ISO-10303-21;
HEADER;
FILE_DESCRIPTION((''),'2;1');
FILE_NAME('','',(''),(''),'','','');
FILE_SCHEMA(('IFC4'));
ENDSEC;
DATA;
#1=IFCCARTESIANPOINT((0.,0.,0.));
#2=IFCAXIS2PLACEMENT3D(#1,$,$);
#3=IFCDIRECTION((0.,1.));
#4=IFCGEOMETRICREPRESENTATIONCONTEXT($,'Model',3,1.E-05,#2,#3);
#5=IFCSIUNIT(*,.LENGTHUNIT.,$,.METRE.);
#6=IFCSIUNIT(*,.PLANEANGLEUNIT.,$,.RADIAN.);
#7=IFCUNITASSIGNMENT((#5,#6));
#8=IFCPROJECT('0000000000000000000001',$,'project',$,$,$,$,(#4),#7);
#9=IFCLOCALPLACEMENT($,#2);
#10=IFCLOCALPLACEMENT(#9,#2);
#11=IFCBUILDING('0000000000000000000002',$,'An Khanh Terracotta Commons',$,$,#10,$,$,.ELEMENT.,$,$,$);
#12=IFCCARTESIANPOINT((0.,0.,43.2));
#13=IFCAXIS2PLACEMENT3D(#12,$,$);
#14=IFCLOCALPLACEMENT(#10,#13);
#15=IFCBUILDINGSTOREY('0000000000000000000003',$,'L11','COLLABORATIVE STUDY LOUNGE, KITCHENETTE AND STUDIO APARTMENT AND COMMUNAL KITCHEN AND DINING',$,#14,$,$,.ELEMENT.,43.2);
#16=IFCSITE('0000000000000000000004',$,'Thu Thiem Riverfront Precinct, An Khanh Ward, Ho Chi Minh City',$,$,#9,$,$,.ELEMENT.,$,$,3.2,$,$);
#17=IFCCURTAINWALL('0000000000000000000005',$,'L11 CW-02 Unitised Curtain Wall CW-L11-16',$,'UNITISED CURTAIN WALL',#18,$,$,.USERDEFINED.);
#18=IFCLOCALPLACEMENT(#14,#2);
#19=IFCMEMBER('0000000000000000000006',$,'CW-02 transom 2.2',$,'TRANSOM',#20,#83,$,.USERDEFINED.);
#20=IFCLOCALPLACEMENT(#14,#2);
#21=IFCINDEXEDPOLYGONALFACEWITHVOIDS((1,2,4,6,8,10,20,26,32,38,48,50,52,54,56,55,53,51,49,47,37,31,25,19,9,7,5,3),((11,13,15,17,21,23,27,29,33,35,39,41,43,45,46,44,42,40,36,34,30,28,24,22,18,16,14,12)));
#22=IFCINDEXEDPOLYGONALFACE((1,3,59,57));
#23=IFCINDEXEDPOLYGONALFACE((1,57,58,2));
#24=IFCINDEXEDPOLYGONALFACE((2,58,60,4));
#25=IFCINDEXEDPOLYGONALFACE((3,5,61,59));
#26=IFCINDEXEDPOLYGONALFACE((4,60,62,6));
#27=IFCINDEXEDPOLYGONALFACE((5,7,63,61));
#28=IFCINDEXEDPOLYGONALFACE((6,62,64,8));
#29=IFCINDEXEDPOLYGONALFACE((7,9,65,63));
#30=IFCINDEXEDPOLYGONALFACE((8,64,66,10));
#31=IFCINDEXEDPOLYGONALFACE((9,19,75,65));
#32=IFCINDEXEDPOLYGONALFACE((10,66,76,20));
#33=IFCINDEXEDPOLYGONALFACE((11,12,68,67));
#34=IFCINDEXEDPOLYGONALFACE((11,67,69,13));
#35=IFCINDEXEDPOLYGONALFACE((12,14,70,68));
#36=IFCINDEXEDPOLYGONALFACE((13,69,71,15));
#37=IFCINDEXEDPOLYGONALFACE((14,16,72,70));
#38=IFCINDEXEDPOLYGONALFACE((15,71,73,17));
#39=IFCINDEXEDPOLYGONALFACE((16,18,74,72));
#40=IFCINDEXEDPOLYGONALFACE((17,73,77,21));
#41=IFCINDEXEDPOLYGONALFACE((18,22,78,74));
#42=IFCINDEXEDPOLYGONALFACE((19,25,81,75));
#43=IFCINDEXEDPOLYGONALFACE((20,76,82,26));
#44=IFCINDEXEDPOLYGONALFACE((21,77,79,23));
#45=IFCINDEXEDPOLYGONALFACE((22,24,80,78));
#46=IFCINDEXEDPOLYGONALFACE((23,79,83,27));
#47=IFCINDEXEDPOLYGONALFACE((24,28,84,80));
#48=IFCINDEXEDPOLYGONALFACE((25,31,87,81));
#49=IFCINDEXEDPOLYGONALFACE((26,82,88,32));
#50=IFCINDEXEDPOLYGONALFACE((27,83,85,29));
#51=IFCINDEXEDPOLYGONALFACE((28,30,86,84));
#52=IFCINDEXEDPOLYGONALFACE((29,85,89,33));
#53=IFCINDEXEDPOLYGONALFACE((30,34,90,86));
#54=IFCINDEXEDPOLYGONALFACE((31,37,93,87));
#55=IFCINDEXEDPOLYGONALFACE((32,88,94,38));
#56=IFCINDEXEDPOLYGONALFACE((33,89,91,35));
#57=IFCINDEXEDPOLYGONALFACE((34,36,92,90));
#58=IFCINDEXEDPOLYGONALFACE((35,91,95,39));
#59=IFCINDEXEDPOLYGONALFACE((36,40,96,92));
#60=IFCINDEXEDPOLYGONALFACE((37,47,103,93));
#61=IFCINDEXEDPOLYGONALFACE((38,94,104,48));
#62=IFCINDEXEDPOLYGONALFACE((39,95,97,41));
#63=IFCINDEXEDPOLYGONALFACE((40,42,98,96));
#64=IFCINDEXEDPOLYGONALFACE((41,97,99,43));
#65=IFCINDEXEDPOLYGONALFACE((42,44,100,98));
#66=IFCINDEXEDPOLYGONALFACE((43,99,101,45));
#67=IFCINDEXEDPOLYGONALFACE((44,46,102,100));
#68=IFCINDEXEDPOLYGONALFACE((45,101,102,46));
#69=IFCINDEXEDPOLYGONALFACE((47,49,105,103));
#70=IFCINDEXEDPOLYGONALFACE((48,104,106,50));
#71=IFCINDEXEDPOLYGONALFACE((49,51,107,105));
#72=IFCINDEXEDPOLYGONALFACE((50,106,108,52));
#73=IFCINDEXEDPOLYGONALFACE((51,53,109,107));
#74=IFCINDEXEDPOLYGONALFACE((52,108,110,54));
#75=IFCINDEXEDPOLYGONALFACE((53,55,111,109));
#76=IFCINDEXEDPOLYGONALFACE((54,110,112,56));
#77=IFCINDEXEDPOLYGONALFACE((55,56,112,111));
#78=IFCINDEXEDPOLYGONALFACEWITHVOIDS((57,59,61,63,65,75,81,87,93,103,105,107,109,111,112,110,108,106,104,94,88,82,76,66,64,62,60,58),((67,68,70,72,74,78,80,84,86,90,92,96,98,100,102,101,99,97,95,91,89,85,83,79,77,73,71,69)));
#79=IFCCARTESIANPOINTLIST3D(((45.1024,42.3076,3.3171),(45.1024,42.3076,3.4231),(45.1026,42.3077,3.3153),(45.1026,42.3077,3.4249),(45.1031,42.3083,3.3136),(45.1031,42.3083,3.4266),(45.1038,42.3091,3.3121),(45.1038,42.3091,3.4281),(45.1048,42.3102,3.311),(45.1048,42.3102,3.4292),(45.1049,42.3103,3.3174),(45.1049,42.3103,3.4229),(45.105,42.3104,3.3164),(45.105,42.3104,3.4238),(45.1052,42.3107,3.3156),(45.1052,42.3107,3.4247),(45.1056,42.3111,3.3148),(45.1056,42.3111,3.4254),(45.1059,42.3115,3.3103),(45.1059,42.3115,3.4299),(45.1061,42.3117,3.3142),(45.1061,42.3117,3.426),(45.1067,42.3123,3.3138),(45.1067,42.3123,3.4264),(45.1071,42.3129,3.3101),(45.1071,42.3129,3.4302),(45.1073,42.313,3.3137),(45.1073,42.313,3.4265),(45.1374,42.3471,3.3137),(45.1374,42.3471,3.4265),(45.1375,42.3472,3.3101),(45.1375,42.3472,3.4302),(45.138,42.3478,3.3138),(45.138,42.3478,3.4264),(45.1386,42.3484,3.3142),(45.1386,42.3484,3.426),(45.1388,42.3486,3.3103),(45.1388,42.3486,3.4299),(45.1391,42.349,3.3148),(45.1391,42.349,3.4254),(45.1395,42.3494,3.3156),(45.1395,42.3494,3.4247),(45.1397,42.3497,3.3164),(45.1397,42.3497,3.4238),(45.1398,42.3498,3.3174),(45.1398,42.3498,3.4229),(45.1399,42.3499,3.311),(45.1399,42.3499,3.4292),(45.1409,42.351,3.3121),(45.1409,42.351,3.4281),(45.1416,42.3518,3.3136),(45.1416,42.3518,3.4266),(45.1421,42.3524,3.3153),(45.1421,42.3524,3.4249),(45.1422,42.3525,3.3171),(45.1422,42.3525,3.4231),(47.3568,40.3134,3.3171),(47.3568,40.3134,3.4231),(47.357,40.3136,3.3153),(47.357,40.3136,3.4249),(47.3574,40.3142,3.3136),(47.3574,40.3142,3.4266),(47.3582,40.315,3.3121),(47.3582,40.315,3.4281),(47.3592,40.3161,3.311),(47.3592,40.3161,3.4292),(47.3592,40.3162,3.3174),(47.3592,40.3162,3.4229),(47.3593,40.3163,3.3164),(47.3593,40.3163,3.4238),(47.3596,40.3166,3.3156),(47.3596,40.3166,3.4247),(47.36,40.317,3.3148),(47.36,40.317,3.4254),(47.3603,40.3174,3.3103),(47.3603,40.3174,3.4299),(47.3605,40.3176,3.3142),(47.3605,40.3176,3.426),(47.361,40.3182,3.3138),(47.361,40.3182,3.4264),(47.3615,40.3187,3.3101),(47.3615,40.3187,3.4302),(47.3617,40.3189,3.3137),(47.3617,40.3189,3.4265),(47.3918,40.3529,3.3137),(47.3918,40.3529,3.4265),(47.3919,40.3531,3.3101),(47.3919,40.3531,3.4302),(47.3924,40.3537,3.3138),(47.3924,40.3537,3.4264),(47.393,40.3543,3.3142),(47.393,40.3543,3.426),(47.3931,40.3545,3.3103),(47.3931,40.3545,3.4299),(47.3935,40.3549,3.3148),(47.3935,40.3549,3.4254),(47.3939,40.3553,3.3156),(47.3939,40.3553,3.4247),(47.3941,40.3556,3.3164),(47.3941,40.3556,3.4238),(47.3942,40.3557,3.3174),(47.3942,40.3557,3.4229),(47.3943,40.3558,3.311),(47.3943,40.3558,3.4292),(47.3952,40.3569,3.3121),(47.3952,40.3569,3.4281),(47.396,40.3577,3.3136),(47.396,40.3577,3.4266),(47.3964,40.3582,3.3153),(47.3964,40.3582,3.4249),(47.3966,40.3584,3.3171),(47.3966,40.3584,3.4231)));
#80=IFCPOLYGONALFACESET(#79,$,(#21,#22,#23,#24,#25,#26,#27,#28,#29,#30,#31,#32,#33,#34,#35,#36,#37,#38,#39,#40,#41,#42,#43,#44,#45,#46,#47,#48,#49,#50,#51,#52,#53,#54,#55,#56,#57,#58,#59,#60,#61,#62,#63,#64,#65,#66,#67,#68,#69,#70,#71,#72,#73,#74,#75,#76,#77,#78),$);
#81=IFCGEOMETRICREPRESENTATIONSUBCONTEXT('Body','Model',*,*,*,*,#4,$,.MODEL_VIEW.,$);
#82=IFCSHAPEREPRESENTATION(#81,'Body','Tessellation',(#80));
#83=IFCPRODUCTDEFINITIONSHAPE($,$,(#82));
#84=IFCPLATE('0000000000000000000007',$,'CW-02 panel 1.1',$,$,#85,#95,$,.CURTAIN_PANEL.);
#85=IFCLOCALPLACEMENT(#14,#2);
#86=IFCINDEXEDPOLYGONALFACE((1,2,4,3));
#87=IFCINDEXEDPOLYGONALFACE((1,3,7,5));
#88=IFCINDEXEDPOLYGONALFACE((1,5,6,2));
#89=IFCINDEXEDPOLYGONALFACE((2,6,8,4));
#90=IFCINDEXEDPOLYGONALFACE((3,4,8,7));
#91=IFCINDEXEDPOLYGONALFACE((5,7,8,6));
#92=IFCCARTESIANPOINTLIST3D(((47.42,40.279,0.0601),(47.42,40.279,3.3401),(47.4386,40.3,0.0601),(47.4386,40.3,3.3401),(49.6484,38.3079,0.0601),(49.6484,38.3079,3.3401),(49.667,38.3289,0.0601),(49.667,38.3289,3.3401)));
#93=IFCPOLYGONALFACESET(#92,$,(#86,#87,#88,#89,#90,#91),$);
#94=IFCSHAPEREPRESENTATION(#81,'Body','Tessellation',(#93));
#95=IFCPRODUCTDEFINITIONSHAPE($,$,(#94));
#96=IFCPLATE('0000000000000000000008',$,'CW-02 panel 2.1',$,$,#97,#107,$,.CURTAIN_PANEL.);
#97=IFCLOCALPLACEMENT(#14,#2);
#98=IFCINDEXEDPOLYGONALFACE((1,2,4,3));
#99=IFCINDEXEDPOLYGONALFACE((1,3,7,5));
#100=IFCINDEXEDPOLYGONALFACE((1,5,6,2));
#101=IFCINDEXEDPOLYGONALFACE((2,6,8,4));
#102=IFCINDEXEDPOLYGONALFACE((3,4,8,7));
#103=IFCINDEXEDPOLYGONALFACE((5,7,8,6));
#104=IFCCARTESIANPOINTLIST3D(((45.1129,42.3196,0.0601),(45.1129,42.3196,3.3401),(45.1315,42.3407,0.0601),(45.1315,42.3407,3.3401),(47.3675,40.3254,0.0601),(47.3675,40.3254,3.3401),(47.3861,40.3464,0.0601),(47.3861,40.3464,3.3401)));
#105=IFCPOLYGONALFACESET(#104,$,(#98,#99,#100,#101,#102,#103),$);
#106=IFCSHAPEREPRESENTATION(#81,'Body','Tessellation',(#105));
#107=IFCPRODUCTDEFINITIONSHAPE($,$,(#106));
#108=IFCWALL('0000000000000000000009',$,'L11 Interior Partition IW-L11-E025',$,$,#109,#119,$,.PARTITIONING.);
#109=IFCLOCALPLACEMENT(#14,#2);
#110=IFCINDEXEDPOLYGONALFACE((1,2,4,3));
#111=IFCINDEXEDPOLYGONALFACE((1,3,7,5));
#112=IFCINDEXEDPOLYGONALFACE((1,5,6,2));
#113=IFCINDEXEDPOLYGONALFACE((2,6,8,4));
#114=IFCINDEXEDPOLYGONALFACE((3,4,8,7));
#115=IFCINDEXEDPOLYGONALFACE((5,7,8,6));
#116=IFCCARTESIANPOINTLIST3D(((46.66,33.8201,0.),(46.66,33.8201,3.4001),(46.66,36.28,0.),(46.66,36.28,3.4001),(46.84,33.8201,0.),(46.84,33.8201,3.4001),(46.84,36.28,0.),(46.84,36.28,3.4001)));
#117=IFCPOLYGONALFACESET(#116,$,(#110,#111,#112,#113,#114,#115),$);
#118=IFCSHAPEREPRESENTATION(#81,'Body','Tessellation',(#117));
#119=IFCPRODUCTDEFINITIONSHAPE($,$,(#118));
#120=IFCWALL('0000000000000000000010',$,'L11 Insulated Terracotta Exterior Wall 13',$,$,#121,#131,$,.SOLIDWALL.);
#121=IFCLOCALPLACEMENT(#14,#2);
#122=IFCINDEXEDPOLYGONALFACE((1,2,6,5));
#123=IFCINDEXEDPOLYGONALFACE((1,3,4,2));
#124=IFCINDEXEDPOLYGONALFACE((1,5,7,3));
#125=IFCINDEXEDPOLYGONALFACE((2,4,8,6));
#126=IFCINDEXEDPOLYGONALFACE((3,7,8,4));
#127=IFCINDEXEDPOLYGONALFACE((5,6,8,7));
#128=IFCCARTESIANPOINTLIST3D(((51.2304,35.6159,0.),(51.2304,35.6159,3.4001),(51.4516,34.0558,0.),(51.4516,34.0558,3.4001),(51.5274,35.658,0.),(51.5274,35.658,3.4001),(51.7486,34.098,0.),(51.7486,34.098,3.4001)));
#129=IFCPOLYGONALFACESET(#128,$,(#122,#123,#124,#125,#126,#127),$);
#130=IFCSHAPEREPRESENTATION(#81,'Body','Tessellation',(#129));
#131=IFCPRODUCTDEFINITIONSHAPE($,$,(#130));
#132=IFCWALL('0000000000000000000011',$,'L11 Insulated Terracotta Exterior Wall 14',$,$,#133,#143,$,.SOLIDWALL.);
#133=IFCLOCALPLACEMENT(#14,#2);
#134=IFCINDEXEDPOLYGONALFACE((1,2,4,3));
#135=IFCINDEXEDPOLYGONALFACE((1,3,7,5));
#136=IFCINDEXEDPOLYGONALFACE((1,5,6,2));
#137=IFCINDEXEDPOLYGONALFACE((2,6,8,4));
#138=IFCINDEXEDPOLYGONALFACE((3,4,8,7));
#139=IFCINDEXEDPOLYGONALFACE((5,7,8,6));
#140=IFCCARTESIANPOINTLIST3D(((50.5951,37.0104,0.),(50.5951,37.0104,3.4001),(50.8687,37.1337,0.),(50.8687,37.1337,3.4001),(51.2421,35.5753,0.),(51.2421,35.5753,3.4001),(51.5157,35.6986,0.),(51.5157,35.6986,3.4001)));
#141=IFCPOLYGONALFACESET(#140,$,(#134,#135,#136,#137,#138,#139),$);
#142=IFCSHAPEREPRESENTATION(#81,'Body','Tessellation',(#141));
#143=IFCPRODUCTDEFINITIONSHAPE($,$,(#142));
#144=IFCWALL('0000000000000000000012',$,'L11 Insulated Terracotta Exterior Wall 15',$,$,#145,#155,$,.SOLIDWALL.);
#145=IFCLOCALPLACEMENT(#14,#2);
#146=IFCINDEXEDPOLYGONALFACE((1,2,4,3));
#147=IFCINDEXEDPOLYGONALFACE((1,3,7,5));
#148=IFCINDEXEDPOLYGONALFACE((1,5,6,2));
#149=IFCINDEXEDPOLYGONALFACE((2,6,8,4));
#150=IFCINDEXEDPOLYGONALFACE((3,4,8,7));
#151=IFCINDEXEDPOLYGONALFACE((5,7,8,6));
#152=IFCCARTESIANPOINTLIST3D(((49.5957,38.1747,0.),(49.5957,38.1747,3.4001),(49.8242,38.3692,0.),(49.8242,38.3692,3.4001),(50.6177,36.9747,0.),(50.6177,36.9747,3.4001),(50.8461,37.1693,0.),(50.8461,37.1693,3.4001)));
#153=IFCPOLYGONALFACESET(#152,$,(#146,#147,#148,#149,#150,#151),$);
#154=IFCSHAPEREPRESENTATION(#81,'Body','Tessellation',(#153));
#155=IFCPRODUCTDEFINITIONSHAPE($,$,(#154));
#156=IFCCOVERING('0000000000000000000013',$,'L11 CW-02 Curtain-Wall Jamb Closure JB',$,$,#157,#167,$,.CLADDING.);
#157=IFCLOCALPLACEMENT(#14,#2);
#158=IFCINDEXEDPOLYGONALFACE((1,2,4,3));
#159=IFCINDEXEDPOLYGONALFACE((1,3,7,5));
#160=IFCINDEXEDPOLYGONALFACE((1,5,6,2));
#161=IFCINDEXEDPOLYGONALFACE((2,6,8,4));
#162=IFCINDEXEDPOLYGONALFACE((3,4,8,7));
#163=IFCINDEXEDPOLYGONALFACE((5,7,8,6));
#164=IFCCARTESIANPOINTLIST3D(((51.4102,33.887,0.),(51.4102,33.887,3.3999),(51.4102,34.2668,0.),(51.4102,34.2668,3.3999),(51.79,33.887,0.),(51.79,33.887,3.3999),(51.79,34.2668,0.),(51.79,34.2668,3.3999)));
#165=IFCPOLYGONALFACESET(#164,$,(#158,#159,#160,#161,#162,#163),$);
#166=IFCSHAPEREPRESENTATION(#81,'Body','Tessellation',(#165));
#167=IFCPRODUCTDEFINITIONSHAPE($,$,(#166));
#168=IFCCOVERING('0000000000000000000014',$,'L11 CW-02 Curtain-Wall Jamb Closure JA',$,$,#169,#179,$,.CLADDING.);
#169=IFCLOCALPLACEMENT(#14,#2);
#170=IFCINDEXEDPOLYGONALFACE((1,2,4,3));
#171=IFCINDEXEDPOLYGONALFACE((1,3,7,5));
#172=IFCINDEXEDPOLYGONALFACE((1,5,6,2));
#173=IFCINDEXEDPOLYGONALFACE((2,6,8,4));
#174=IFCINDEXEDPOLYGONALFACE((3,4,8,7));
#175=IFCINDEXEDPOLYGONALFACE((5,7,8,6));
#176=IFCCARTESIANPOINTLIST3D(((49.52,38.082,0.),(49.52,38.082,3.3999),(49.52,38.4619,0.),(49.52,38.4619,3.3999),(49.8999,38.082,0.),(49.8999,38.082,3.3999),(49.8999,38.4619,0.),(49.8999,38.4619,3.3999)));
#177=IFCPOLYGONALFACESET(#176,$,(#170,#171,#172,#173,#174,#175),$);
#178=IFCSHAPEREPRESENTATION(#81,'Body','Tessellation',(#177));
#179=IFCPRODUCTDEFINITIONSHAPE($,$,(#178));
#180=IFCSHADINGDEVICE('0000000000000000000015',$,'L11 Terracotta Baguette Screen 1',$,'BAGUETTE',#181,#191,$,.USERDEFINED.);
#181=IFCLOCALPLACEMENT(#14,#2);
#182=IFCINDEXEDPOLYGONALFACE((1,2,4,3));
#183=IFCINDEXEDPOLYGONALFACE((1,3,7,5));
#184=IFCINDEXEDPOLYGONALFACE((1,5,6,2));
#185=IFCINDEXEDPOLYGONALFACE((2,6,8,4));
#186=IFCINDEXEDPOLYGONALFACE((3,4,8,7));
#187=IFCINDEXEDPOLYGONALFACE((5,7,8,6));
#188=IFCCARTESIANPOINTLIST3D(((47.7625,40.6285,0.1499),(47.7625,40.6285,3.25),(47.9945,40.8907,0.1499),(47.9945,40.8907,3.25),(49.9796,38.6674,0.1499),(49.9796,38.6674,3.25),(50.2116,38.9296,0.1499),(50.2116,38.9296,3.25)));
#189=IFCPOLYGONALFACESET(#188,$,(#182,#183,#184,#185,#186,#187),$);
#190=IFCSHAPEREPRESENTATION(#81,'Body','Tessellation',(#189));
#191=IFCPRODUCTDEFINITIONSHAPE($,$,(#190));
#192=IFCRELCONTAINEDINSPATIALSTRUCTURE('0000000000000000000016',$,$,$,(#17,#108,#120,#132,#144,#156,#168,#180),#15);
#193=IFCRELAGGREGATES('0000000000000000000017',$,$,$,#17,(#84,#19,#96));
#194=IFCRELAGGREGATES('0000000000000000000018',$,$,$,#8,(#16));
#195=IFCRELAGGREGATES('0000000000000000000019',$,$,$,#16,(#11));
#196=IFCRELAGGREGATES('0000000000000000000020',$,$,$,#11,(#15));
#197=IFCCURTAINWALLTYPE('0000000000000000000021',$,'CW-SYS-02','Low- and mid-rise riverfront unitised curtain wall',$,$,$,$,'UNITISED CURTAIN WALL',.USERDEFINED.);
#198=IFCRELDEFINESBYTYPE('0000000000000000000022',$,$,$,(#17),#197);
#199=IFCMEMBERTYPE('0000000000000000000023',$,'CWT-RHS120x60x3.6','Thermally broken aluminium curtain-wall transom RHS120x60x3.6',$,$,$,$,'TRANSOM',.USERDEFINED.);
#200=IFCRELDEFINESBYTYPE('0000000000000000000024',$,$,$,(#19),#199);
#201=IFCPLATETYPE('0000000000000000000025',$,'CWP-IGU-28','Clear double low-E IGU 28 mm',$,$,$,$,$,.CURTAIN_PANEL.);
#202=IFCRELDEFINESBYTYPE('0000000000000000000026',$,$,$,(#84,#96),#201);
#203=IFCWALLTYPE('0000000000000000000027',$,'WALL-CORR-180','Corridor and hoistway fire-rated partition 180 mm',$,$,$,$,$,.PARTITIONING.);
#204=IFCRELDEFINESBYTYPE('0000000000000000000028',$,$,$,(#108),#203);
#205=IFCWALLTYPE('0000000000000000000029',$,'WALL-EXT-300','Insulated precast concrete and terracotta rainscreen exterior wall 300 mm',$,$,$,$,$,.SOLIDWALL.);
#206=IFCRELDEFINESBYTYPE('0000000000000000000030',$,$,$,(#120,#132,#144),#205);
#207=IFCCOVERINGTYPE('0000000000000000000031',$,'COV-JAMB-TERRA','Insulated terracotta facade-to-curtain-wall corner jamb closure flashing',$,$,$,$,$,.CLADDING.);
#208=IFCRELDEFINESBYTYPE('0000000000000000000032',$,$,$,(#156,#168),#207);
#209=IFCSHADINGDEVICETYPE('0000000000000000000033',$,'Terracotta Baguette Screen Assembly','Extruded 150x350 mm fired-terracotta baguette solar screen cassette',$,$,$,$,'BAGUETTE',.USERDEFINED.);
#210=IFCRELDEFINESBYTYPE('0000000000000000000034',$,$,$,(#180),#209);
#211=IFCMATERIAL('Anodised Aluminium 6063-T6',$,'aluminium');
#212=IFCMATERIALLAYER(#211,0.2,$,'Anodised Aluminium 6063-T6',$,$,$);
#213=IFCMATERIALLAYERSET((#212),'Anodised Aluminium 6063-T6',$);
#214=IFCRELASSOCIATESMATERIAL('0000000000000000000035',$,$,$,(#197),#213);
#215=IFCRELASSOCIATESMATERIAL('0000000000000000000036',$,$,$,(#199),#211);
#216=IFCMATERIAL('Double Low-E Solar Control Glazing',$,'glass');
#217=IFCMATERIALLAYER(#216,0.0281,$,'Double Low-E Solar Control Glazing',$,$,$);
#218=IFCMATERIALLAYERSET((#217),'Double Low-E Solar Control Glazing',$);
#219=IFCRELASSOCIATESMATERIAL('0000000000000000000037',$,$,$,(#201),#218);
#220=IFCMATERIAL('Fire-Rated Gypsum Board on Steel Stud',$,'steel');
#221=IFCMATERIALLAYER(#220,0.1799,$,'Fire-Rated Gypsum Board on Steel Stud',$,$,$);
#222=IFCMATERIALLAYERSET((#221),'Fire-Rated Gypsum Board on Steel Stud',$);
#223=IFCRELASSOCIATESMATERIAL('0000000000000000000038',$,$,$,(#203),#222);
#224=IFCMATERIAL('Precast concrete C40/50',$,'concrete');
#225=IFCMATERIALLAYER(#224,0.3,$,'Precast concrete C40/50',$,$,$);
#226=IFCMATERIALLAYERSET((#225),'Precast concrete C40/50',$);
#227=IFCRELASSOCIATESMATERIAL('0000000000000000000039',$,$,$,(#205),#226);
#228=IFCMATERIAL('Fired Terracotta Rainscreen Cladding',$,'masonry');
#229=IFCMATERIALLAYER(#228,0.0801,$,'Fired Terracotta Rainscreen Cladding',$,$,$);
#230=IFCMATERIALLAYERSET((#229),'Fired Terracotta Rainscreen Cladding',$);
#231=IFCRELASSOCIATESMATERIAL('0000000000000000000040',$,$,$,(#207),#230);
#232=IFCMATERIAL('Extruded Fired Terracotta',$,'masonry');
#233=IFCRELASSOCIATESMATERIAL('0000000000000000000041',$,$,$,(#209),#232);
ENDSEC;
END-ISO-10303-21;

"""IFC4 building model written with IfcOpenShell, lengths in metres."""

from ifc_helpers import new_model, si_unit, direction, frame, frame_2d, origin, origin_2d, place, context, subcontext, project, spatial, rectangle, hollow_rectangle, extrude, material, layer, layer_set, material_profile, profile_set, type_object, element, aggregate, save


model = new_model("IFC4")

# Units and contexts
model_context = context("Model", 3, precision=1e-05, world=origin(), true_north=direction((0.0, 1.0)))
body_context = subcontext(model_context, "Body", "Model", "MODEL_VIEW")
ifc_project = project(units=[si_unit("LENGTHUNIT", "METRE"), si_unit("PLANEANGLEUNIT", "RADIAN")], contexts=[model_context])

# Site, building, storey
site_placement = place(None, origin())
site = spatial("IfcSite", under=ifc_project, at=site_placement, Name="Thu Thiem Riverfront Precinct, An Khanh Ward, Ho Chi Minh City", CompositionType="ELEMENT", RefElevation=3.2)
building_placement = place(site_placement, origin())
building = spatial("IfcBuilding", under=site, at=building_placement, Name="An Khanh Terracotta Commons", CompositionType="ELEMENT")
storey_placement = place(building_placement, frame((0.0, 0.0, 43.2)))
storey = spatial("IfcBuildingStorey", under=building, at=storey_placement, Name="L11", Description="COLLABORATIVE STUDY LOUNGE, KITCHENETTE AND STUDIO APARTMENT AND COMMUNAL KITCHEN AND DINING", CompositionType="ELEMENT", Elevation=43.2)

# Shared definitions
ifc_material_1 = material(Name="Anodised Aluminium 6063-T6", Category="aluminium")
ifc_layer_1 = layer(ifc_material_1, 0.2, Name="Anodised Aluminium 6063-T6")
ifc_layer_set_1 = layer_set([ifc_layer_1], Name="Anodised Aluminium 6063-T6")
curtain_wall_type = type_object("IfcCurtainWallType", Name="CW-SYS-02", Description="Low- and mid-rise riverfront unitised curtain wall", ElementType="UNITISED CURTAIN WALL", PredefinedType="USERDEFINED", material=ifc_layer_set_1)

# Curtain wall, member, plates
curtain_wall_1_placement = place(storey_placement, origin())
curtain_wall_1 = element("IfcCurtainWall", 1, at=curtain_wall_1_placement, inside=storey, type_object=curtain_wall_type, Name="L11 CW-02 Unitised Curtain Wall CW-L11-16", ObjectType="UNITISED CURTAIN WALL", PredefinedType="USERDEFINED")
ifc_material_profile_1 = material_profile(ifc_material_1, hollow_rectangle(XDim=0.0601, YDim=0.1201, WallThickness=0.0037, InnerFilletRadius=0.0037, OuterFilletRadius=0.0071, at=origin_2d()), Name="RHS120x60x3.6")
ifc_profile_set_1 = profile_set([ifc_material_profile_1], Name="Anodised Aluminium 6063-T6")
member_type_1 = type_object("IfcMemberType", Name="CWT-RHS120x60x3.6", Description="Thermally broken aluminium curtain-wall transom RHS120x60x3.6", ElementType="TRANSOM", PredefinedType="USERDEFINED", material=ifc_profile_set_1)
member_1_placement = place(storey_placement, frame((47.3767, 40.3359, 3.3701), z_axis=(-0.749018, 0.662549, 0.0), x_axis=(-0.662549, -0.749018, 0.0)))
member_1 = element("IfcMember", 2, at=member_1_placement, type_object=member_type_1, Name="CW-02 transom 2.2", ObjectType="TRANSOM", PredefinedType="USERDEFINED", context=body_context, shape_type="SweptSolid", body=[
    extrude(hollow_rectangle(XDim=0.0601, YDim=0.1201, WallThickness=0.0037, InnerFilletRadius=0.0037, OuterFilletRadius=0.0071, at=origin_2d()), origin(), (0.0, 0.0, 1.0), 3.0098),
])
ifc_material_2 = material(Name="Double Low-E Solar Control Glazing", Category="glass")
ifc_layer_2 = layer(ifc_material_2, 0.0281, Name="Double Low-E Solar Control Glazing")
ifc_layer_set_2 = layer_set([ifc_layer_2], Name="Double Low-E Solar Control Glazing")
plate_type = type_object("IfcPlateType", Name="CWP-IGU-28", Description="Clear double low-E IGU 28 mm", PredefinedType="CURTAIN_PANEL", material=ifc_layer_set_2)
plate_1_placement = place(storey_placement, frame((48.5435, 39.304, 0.0601), z_axis=(0.0, 0.0, 1.0), x_axis=(-0.749019, 0.662548, 0.0)))
plate_1 = element("IfcPlate", 3, at=plate_1_placement, type_object=plate_type, Name="CW-02 panel 1.1", PredefinedType="CURTAIN_PANEL", context=body_context, shape_type="SweptSolid", body=[
    extrude(rectangle(XDim=2.9751, YDim=0.0281, at=origin_2d()), origin(), (0.0, 0.0, 1.0), 3.28),
])
plate_2_placement = place(storey_placement, frame((46.2495, 41.333, 0.0601), z_axis=(0.0, 0.0, 1.0), x_axis=(-0.749019, 0.662548, 0.0)))
plate_2 = element("IfcPlate", 4, at=plate_2_placement, type_object=plate_type, Name="CW-02 panel 2.1", PredefinedType="CURTAIN_PANEL", context=body_context, shape_type="SweptSolid", body=[
    extrude(rectangle(XDim=3.01, YDim=0.0281, at=origin_2d()), origin(), (0.0, 0.0, 1.0), 3.28),
])
aggregate(curtain_wall_1, [plate_1, member_1, plate_2])

# Walls
ifc_material_3 = material(Name="Fire-Rated Gypsum Board on Steel Stud", Category="steel")
ifc_layer_3 = layer(ifc_material_3, 0.1799, Name="Fire-Rated Gypsum Board on Steel Stud")
ifc_layer_set_3 = layer_set([ifc_layer_3], Name="Fire-Rated Gypsum Board on Steel Stud")
wall_type_1 = type_object("IfcWallType", Name="WALL-CORR-180", Description="Corridor and hoistway fire-rated partition 180 mm", PredefinedType="PARTITIONING", material=ifc_layer_set_3)
wall_1_placement = place(storey_placement, frame((46.75, 33.8201, 0.0), z_axis=(0.0, 0.0, 1.0), x_axis=(0.0, 1.0, 0.0)))
element("IfcWall", 5, at=wall_1_placement, inside=storey, type_object=wall_type_1, Name="L11 Interior Partition IW-L11-E025", PredefinedType="PARTITIONING", context=body_context, shape_type="SweptSolid", body=[
    extrude(rectangle(XDim=2.46, YDim=0.1799, at=frame_2d((1.23, 0.0))), origin(), (0.0, 0.0, 1.0), 3.4001),
])
ifc_material_4 = material(Name="Precast concrete C40/50", Category="concrete")
ifc_layer_4 = layer(ifc_material_4, 0.3, Name="Precast concrete C40/50")
ifc_layer_set_4 = layer_set([ifc_layer_4], Name="Precast concrete C40/50")
wall_type_2 = type_object("IfcWallType", Name="WALL-EXT-300", Description="Insulated precast concrete and terracotta rainscreen exterior wall 300 mm", PredefinedType="SOLIDWALL", material=ifc_layer_set_4)
wall_2_placement = place(storey_placement, frame((51.6001, 34.0769, 0.0), z_axis=(0.0, 0.0, 1.0), x_axis=(-0.14038, 0.990098, 0.0)))
element("IfcWall", 6, at=wall_2_placement, inside=storey, type_object=wall_type_2, Name="L11 Insulated Terracotta Exterior Wall 13", PredefinedType="SOLIDWALL", context=body_context, shape_type="SweptSolid", body=[
    extrude(rectangle(XDim=1.5757, YDim=0.3, at=frame_2d((0.7878, 0.0))), origin(), (0.0, 0.0, 1.0), 3.4001),
])
wall_3_placement = place(storey_placement, frame((51.3789, 35.637, 0.0), z_axis=(0.0, 0.0, 1.0), x_axis=(-0.410997, 0.911637, 0.0)))
element("IfcWall", 7, at=wall_3_placement, inside=storey, type_object=wall_type_2, Name="L11 Insulated Terracotta Exterior Wall 14", PredefinedType="SOLIDWALL", context=body_context, shape_type="SweptSolid", body=[
    extrude(rectangle(XDim=1.5742, YDim=0.3, at=frame_2d((0.7871, 0.0))), origin(), (0.0, 0.0, 1.0), 3.4001),
])
wall_4_placement = place(storey_placement, frame((50.7319, 37.072, 0.0), z_axis=(0.0, 0.0, 1.0), x_axis=(-0.64839, 0.761308, 0.0)))
element("IfcWall", 8, at=wall_4_placement, inside=storey, type_object=wall_type_2, Name="L11 Insulated Terracotta Exterior Wall 15", PredefinedType="SOLIDWALL", context=body_context, shape_type="SweptSolid", body=[
    extrude(rectangle(XDim=1.5762, YDim=0.3, at=frame_2d((0.7881, 0.0))), origin(), (0.0, 0.0, 1.0), 3.4001),
])

# Coverings
ifc_material_5 = material(Name="Fired Terracotta Rainscreen Cladding", Category="masonry")
ifc_layer_5 = layer(ifc_material_5, 0.0801, Name="Fired Terracotta Rainscreen Cladding")
ifc_layer_set_5 = layer_set([ifc_layer_5], Name="Fired Terracotta Rainscreen Cladding")
covering_type = type_object("IfcCoveringType", Name="COV-JAMB-TERRA", Description="Insulated terracotta facade-to-curtain-wall corner jamb closure flashing", PredefinedType="CLADDING", material=ifc_layer_set_5)
for number, where, z_axis, x_axis, name in (
    (9, (51.6001, 34.0769, 0.0), (0.0, 0.0, 1.0), (1.0, 0.0, 0.0), "L11 CW-02 Curtain-Wall Jamb Closure JB"),
    (10, (49.71, 38.272, 0.0), (0.0, 0.0, 1.0), (1.0, 0.0, 0.0), "L11 CW-02 Curtain-Wall Jamb Closure JA"),
):
    element("IfcCovering", number, at=place(storey_placement, frame(where, z_axis=z_axis, x_axis=x_axis)), inside=storey, type_object=covering_type, Name=name, PredefinedType="CLADDING", context=body_context, shape_type="SweptSolid", body=[
        extrude(rectangle(XDim=0.3799, YDim=0.3799, at=origin_2d()), origin(), (0.0, 0.0, 1.0), 3.3999),
    ])

# Shading device
ifc_material_6 = material(Name="Extruded Fired Terracotta", Category="masonry")
shading_device_type = type_object("IfcShadingDeviceType", Name="Terracotta Baguette Screen Assembly", Description="Extruded 150x350 mm fired-terracotta baguette solar screen cassette", ElementType="BAGUETTE", PredefinedType="USERDEFINED", material=ifc_material_6)
shading_device_placement = place(storey_placement, frame((48.9871, 39.7791, 0.1499), z_axis=(0.0, 0.0, 1.0), x_axis=(-0.749019, 0.662548, 0.0)))
element("IfcShadingDevice", 11, at=shading_device_placement, inside=storey, type_object=shading_device_type, Name="L11 Terracotta Baguette Screen 1", ObjectType="BAGUETTE", PredefinedType="USERDEFINED", context=body_context, shape_type="SweptSolid", body=[
    extrude(rectangle(XDim=2.96, YDim=0.3501, at=origin_2d()), origin(), (0.0, 0.0, 1.0), 3.1001),
])

save(model, "model.ifc")
